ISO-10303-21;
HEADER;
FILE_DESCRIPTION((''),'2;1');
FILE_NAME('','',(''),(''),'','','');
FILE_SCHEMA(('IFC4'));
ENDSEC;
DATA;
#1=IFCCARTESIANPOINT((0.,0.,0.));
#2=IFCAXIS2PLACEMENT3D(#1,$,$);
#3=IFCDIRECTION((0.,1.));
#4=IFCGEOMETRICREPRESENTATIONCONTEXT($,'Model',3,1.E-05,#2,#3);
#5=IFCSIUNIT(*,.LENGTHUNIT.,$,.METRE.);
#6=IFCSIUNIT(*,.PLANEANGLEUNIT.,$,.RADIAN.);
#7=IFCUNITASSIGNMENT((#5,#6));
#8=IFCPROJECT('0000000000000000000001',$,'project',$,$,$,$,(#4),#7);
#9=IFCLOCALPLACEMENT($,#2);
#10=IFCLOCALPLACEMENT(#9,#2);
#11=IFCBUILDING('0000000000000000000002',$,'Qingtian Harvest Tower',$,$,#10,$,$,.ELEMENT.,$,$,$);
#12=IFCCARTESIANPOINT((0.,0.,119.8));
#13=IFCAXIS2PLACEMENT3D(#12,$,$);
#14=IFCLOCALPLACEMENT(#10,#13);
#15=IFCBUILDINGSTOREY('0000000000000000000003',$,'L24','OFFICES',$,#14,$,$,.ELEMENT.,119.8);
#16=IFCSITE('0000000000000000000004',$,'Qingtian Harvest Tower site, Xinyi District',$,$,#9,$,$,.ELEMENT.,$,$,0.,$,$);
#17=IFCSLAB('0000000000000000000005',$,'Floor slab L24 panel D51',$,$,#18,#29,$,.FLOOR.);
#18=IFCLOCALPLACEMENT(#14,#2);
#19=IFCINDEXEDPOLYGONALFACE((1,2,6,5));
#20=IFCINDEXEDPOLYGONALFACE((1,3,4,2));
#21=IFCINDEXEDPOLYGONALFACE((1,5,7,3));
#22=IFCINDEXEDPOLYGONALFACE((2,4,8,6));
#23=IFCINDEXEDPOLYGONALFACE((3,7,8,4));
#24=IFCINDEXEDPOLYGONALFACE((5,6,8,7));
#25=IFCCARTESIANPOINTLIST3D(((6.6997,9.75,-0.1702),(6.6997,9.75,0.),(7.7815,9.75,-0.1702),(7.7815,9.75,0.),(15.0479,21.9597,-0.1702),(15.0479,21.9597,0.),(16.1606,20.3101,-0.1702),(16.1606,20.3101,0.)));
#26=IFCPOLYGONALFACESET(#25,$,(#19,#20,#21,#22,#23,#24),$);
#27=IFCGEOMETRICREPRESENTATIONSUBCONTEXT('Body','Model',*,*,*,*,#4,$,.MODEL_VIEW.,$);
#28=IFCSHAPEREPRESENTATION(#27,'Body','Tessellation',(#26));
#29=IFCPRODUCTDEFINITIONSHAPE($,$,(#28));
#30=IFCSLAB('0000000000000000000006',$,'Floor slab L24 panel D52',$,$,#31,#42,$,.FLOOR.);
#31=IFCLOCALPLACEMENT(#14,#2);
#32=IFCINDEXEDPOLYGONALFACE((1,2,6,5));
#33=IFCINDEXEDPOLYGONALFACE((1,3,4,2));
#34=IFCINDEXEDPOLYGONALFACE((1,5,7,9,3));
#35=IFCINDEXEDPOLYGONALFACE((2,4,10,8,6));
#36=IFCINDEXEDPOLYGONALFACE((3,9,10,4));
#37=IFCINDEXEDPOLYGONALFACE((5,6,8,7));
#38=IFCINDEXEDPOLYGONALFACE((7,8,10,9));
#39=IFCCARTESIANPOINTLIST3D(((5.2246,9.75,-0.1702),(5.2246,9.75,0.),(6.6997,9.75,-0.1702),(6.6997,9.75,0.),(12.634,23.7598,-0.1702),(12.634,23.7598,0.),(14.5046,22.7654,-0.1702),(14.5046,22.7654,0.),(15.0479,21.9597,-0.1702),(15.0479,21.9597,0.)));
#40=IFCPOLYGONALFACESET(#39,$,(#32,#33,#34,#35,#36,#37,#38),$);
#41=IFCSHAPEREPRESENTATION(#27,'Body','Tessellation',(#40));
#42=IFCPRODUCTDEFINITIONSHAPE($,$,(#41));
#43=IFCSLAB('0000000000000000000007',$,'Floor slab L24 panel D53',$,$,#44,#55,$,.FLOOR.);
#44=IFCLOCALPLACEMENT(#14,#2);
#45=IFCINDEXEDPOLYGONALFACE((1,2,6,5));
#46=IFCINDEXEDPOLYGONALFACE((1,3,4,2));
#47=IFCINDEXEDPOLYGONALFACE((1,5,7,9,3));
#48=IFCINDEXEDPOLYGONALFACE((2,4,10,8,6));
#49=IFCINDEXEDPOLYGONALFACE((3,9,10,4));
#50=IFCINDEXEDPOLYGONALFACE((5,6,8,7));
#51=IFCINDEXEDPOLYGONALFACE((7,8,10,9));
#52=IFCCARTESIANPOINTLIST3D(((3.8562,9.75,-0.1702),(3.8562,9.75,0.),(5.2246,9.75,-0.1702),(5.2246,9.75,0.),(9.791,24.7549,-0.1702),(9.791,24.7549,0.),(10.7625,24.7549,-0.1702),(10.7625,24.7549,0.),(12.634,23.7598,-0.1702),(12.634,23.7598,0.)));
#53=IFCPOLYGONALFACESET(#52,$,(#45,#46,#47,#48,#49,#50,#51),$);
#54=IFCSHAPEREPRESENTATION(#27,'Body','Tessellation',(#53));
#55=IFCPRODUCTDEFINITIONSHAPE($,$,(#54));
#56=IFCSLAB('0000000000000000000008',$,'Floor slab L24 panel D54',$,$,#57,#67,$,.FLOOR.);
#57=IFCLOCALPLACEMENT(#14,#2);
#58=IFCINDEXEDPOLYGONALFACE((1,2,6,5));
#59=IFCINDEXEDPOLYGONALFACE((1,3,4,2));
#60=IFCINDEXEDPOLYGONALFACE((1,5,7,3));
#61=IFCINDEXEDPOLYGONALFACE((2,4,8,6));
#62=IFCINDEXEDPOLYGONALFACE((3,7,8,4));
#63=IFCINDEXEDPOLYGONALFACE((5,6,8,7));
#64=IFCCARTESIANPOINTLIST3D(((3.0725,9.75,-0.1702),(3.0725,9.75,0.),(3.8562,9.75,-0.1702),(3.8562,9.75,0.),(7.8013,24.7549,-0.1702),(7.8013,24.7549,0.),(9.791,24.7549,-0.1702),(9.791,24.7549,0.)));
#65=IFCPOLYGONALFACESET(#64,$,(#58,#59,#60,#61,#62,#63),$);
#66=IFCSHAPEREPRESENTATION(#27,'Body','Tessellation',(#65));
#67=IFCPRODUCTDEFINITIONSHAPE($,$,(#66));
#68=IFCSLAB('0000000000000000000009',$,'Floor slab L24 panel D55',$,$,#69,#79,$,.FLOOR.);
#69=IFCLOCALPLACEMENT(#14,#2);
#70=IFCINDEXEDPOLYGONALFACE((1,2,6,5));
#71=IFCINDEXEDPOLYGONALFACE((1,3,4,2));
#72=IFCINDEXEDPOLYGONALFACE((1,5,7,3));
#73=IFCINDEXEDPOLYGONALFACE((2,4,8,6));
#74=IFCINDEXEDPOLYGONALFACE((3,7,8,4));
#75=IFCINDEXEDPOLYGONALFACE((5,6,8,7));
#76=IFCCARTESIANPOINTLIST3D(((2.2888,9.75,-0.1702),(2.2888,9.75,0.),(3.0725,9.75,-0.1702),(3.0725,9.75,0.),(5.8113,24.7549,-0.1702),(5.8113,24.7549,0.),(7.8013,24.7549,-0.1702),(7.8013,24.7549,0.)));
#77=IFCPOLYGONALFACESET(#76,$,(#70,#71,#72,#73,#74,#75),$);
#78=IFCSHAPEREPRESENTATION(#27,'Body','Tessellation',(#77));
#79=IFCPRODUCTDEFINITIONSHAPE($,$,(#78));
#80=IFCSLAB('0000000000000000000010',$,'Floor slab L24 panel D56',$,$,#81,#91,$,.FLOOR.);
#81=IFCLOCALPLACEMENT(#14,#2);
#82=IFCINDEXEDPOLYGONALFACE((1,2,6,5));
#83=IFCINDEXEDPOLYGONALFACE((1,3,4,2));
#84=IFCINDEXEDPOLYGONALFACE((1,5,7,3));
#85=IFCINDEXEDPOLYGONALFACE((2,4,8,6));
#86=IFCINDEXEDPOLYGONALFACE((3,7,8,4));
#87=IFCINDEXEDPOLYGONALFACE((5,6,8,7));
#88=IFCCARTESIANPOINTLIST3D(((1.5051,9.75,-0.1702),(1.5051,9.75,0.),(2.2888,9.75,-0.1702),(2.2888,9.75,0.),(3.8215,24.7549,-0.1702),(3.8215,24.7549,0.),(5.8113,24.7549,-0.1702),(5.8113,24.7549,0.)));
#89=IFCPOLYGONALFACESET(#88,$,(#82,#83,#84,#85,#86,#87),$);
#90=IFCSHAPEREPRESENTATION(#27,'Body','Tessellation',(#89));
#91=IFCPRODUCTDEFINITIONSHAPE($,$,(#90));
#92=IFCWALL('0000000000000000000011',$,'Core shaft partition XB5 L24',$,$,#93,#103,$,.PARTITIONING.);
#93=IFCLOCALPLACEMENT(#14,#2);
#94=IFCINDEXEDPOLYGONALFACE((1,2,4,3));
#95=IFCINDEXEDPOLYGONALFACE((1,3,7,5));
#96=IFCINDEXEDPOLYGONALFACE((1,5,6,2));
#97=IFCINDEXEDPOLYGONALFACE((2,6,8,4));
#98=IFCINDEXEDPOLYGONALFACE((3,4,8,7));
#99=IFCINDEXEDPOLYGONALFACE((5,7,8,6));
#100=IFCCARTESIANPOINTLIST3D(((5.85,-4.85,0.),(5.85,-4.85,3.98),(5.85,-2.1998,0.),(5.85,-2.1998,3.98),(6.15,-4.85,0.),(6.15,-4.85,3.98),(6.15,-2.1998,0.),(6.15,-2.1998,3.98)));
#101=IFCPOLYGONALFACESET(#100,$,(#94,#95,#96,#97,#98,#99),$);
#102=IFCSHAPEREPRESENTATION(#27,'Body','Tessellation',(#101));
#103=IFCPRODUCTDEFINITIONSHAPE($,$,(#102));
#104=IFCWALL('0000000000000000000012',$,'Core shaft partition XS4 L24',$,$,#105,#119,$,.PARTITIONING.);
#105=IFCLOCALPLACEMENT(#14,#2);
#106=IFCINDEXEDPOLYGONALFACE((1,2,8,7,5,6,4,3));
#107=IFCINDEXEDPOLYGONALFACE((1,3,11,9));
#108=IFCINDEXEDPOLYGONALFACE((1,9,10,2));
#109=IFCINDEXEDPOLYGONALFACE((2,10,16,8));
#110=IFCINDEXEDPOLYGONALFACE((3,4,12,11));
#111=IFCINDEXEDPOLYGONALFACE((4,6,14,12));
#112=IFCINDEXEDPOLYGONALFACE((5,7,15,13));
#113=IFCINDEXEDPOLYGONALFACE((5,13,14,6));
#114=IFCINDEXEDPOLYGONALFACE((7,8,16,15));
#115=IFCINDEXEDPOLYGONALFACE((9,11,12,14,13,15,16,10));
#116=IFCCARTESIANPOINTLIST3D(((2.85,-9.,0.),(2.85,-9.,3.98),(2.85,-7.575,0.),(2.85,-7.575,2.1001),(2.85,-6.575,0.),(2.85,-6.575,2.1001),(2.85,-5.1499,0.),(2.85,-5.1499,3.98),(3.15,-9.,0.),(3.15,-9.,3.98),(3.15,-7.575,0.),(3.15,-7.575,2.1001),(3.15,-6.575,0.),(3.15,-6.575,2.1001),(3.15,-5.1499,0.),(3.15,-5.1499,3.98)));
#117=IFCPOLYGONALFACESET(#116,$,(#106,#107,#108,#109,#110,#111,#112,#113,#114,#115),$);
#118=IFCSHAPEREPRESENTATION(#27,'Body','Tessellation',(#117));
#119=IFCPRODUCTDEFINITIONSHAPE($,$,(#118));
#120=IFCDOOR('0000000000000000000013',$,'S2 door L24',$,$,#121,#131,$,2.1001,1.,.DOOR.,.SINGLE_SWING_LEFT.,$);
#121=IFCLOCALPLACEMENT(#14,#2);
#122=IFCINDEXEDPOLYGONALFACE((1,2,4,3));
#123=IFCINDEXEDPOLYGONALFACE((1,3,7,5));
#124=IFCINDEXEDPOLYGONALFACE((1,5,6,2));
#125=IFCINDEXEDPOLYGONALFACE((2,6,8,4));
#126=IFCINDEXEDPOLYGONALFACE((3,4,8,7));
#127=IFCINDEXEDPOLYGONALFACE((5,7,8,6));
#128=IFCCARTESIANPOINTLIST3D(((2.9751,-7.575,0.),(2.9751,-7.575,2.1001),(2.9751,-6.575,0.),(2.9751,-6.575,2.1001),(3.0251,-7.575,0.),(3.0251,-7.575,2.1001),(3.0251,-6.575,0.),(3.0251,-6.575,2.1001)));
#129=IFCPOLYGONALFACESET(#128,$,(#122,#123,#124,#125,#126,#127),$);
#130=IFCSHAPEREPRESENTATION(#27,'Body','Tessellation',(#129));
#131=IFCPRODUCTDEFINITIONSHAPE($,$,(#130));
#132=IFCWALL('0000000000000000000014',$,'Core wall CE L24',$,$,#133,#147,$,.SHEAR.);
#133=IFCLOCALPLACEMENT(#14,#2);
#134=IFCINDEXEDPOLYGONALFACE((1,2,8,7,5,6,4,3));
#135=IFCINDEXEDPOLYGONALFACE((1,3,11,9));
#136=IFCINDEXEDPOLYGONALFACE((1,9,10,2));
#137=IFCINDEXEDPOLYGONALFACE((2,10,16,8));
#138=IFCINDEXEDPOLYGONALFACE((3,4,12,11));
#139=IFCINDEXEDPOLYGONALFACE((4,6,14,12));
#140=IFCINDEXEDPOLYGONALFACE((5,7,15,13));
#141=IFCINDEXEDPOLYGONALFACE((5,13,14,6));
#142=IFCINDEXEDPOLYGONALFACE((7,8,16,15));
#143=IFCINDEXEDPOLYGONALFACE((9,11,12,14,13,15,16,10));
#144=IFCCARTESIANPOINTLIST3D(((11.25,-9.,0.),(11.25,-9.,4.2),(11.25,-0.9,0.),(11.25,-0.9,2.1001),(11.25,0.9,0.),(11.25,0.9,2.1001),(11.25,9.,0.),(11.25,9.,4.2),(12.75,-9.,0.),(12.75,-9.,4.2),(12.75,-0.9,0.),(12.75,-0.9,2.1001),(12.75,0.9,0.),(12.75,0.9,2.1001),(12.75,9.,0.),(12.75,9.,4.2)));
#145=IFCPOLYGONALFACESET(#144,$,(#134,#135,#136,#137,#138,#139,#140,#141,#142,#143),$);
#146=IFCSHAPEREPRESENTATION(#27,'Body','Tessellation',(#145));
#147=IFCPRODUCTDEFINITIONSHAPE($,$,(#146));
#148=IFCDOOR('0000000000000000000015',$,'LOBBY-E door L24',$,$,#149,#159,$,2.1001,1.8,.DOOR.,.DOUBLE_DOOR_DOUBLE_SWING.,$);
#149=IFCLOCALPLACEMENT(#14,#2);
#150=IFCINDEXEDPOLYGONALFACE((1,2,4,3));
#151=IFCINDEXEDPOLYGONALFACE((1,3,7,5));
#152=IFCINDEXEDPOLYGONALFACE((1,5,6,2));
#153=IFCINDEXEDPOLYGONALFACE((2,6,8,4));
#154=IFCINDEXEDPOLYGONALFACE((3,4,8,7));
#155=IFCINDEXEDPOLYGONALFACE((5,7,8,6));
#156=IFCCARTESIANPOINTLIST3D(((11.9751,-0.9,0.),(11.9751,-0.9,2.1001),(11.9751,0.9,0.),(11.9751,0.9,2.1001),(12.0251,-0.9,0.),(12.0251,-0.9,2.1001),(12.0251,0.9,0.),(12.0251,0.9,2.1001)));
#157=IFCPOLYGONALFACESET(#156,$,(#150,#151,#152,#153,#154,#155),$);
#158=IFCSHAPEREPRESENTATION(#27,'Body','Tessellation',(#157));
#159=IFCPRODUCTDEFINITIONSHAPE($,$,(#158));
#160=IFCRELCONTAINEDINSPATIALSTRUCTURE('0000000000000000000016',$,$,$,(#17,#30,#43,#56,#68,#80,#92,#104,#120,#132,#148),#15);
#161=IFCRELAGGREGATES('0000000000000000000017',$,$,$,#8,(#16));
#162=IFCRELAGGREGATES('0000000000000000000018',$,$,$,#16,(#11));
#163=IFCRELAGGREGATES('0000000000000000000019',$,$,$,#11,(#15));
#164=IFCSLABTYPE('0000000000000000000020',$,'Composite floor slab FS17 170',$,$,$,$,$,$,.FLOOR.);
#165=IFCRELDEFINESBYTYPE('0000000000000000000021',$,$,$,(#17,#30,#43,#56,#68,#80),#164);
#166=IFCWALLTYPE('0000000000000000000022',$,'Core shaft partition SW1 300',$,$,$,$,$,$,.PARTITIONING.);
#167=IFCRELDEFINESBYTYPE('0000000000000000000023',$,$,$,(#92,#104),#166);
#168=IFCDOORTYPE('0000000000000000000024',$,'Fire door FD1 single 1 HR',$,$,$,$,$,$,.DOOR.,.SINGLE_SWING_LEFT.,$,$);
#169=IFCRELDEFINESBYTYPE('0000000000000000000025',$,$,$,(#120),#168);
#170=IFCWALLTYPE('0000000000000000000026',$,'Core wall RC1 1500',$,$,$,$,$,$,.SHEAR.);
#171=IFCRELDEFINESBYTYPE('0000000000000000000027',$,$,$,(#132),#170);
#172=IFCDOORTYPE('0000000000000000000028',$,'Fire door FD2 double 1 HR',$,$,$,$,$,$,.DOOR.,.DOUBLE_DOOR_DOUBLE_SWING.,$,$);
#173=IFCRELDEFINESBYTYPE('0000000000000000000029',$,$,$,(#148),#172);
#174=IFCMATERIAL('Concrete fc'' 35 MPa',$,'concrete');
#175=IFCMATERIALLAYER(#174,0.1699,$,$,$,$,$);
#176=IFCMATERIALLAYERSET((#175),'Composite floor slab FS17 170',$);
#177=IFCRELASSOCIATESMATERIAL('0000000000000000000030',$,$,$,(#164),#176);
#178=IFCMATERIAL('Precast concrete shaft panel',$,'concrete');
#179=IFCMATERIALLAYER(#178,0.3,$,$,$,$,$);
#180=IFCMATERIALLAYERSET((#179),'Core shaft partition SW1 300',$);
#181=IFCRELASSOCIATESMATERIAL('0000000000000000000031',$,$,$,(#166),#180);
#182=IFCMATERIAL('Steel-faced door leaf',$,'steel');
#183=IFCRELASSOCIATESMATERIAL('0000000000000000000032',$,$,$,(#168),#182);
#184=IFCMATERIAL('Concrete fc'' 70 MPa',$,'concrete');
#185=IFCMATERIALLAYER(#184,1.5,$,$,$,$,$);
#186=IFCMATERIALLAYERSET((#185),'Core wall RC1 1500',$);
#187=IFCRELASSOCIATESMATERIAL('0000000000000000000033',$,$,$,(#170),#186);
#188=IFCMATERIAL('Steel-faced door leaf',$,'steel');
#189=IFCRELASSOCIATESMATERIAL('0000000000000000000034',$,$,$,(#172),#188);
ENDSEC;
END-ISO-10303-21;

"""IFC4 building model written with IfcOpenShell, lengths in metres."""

from ifc_helpers import new_model, si_unit, direction, frame, frame_2d, origin, place, context, subcontext, project, spatial, polyline, rectangle, outline, extrude, material, layer, layer_set, type_object, element, fill, save


model = new_model("IFC4")

# Units and contexts
model_context = context("Model", 3, precision=1e-05, world=origin(), true_north=direction((0.0, 1.0)))
body_context = subcontext(model_context, "Body", "Model", "MODEL_VIEW")
ifc_project = project(units=[si_unit("LENGTHUNIT", "METRE"), si_unit("PLANEANGLEUNIT", "RADIAN")], contexts=[model_context])

# Site, building, storey
site_placement = place(None, origin())
site = spatial("IfcSite", under=ifc_project, at=site_placement, Name="Qingtian Harvest Tower site, Xinyi District", CompositionType="ELEMENT", RefElevation=0.0)
building_placement = place(site_placement, origin())
building = spatial("IfcBuilding", under=site, at=building_placement, Name="Qingtian Harvest Tower", CompositionType="ELEMENT")
storey_placement = place(building_placement, frame((0.0, 0.0, 119.8)))
storey = spatial("IfcBuildingStorey", under=building, at=storey_placement, Name="L24", Description="OFFICES", CompositionType="ELEMENT", Elevation=119.8)

# Slabs
ifc_material_1 = material(Name="Concrete fc' 35 MPa", Category="concrete")
ifc_layer_1 = layer(ifc_material_1, 0.1699)
ifc_layer_set_1 = layer_set([ifc_layer_1], Name="Composite floor slab FS17 170")
slab_type = type_object("IfcSlabType", Name="Composite floor slab FS17 170", PredefinedType="FLOOR", material=ifc_layer_set_1)
slab_1_placement = place(storey_placement, frame((0.0, 0.0, -0.1702)))
element("IfcSlab", 1, at=slab_1_placement, inside=storey, type_object=slab_type, Name="Floor slab L24 panel D51", PredefinedType="FLOOR", context=body_context, shape_type="SweptSolid", body=[
    extrude(outline(polyline([(6.6997, 9.75), (15.0479, 21.9597), (16.1606, 20.3101), (7.7815, 9.75), (6.6997, 9.75)])), origin(), (0.0, 0.0, 1.0), 0.1702),
])
slab_2_placement = place(storey_placement, frame((0.0, 0.0, -0.1702)))
element("IfcSlab", 2, at=slab_2_placement, inside=storey, type_object=slab_type, Name="Floor slab L24 panel D52", PredefinedType="FLOOR", context=body_context, shape_type="SweptSolid", body=[
    extrude(outline(polyline([(6.6997, 9.75), (5.2246, 9.75), (12.634, 23.7598), (14.5046, 22.7654), (15.0479, 21.9597), (6.6997, 9.75)])), origin(), (0.0, 0.0, 1.0), 0.1702),
])
slab_3_placement = place(storey_placement, frame((0.0, 0.0, -0.1702)))
element("IfcSlab", 3, at=slab_3_placement, inside=storey, type_object=slab_type, Name="Floor slab L24 panel D53", PredefinedType="FLOOR", context=body_context, shape_type="SweptSolid", body=[
    extrude(outline(polyline([(3.8562, 9.75), (9.791, 24.7549), (10.7625, 24.7549), (12.634, 23.7598), (5.2246, 9.75), (3.8562, 9.75)])), origin(), (0.0, 0.0, 1.0), 0.1702),
])
slab_4_placement = place(storey_placement, frame((0.0, 0.0, -0.1702)))
element("IfcSlab", 4, at=slab_4_placement, inside=storey, type_object=slab_type, Name="Floor slab L24 panel D54", PredefinedType="FLOOR", context=body_context, shape_type="SweptSolid", body=[
    extrude(outline(polyline([(3.0725, 9.75), (7.8013, 24.7549), (9.791, 24.7549), (3.8562, 9.75), (3.0725, 9.75)])), origin(), (0.0, 0.0, 1.0), 0.1702),
])
slab_5_placement = place(storey_placement, frame((0.0, 0.0, -0.1702)))
element("IfcSlab", 5, at=slab_5_placement, inside=storey, type_object=slab_type, Name="Floor slab L24 panel D55", PredefinedType="FLOOR", context=body_context, shape_type="SweptSolid", body=[
    extrude(outline(polyline([(2.2888, 9.75), (5.8113, 24.7549), (7.8013, 24.7549), (3.0725, 9.75), (2.2888, 9.75)])), origin(), (0.0, 0.0, 1.0), 0.1702),
])
slab_6_placement = place(storey_placement, frame((0.0, 0.0, -0.1702)))
element("IfcSlab", 6, at=slab_6_placement, inside=storey, type_object=slab_type, Name="Floor slab L24 panel D56", PredefinedType="FLOOR", context=body_context, shape_type="SweptSolid", body=[
    extrude(outline(polyline([(1.5051, 9.75), (3.8215, 24.7549), (5.8113, 24.7549), (2.2888, 9.75), (1.5051, 9.75)])), origin(), (0.0, 0.0, 1.0), 0.1702),
])

# Wall
ifc_material_2 = material(Name="Precast concrete shaft panel", Category="concrete")
ifc_layer_2 = layer(ifc_material_2, 0.3)
ifc_layer_set_2 = layer_set([ifc_layer_2], Name="Core shaft partition SW1 300")
wall_type_1 = type_object("IfcWallType", Name="Core shaft partition SW1 300", PredefinedType="PARTITIONING", material=ifc_layer_set_2)
wall_1_placement = place(storey_placement, frame((6.0, -4.8501, 0.0), z_axis=(0.0, 0.0, 1.0), x_axis=(0.0, 1.0, 0.0)))
element("IfcWall", 7, at=wall_1_placement, inside=storey, type_object=wall_type_1, Name="Core shaft partition XB5 L24", PredefinedType="PARTITIONING", context=body_context, shape_type="SweptSolid", body=[
    extrude(rectangle(XDim=2.6501, YDim=0.3, at=frame_2d((1.3252, 0.0))), origin(), (0.0, 0.0, 1.0), 3.98),
])

# Walls, openings, doors
wall_2_placement = place(storey_placement, frame((3.0, -9.0, 0.0), z_axis=(0.0, 0.0, 1.0), x_axis=(0.0, 1.0, 0.0)))
wall_2 = element("IfcWall", 8, at=wall_2_placement, inside=storey, type_object=wall_type_1, Name="Core shaft partition XS4 L24", PredefinedType="PARTITIONING", context=body_context, shape_type="SweptSolid", body=[
    extrude(rectangle(XDim=3.8501, YDim=0.3, at=frame_2d((1.925, 0.0))), origin(), (0.0, 0.0, 1.0), 3.98),
])
opening_1_placement = place(wall_2_placement, frame((1.425, 0.0, 0.0)))
opening_1 = element("IfcOpeningElement", 9, at=opening_1_placement, cuts=wall_2, PredefinedType="OPENING", context=body_context, shape_type="SweptSolid", body=[
    extrude(rectangle(XDim=1.0, YDim=2.1001, at=frame_2d((0.5, 1.05))), frame((0.0, 0.1599, 0.0), z_axis=(0.0, -1.0, 0.0), x_axis=(1.0, 0.0, 0.0)), (0.0, 0.0, 1.0), 0.3201),
])
ifc_material_3 = material(Name="Steel-faced door leaf", Category="steel")
door_type_1 = type_object("IfcDoorType", Name="Fire door FD1 single 1 HR", OperationType="SINGLE_SWING_LEFT", PredefinedType="DOOR", material=ifc_material_3)
door_1_placement = place(opening_1_placement, origin())
door_1 = element("IfcDoor", 10, at=door_1_placement, inside=storey, type_object=door_type_1, Name="S2 door L24", OperationType="SINGLE_SWING_LEFT", OverallHeight=2.1001, OverallWidth=1.0, PredefinedType="DOOR", context=body_context, shape_type="SweptSolid", body=[
    extrude(rectangle(XDim=1.0, YDim=2.1001, at=frame_2d((0.5, 1.05))), frame((0.0, 0.0249, 0.0), z_axis=(0.0, -1.0, 0.0), x_axis=(1.0, 0.0, 0.0)), (0.0, 0.0, 1.0), 0.05),
])
fill(opening_1, door_1)
ifc_material_4 = material(Name="Concrete fc' 70 MPa", Category="concrete")
ifc_layer_3 = layer(ifc_material_4, 1.5)
ifc_layer_set_3 = layer_set([ifc_layer_3], Name="Core wall RC1 1500")
wall_type_2 = type_object("IfcWallType", Name="Core wall RC1 1500", PredefinedType="SHEAR", material=ifc_layer_set_3)
wall_3_placement = place(storey_placement, frame((12.0, -9.0, 0.0), z_axis=(0.0, 0.0, 1.0), x_axis=(0.0, 1.0, 0.0)))
wall_3 = element("IfcWall", 11, at=wall_3_placement, inside=storey, type_object=wall_type_2, Name="Core wall CE L24", PredefinedType="SHEAR", context=body_context, shape_type="SweptSolid", body=[
    extrude(rectangle(XDim=18.0, YDim=1.5, at=frame_2d((9.0, 0.0))), origin(), (0.0, 0.0, 1.0), 4.2),
])
opening_2_placement = place(wall_3_placement, frame((8.1001, 0.0, 0.0)))
opening_2 = element("IfcOpeningElement", 12, at=opening_2_placement, cuts=wall_3, PredefinedType="OPENING", context=body_context, shape_type="SweptSolid", body=[
    extrude(rectangle(XDim=1.8, YDim=2.1001, at=frame_2d((0.8999, 1.05))), frame((0.0, 0.76, 0.0), z_axis=(0.0, -1.0, 0.0), x_axis=(1.0, 0.0, 0.0)), (0.0, 0.0, 1.0), 1.52),
])
ifc_material_5 = material(Name="Steel-faced door leaf", Category="steel")
door_type_2 = type_object("IfcDoorType", Name="Fire door FD2 double 1 HR", OperationType="DOUBLE_DOOR_DOUBLE_SWING", PredefinedType="DOOR", material=ifc_material_5)
door_2_placement = place(opening_2_placement, origin())
door_2 = element("IfcDoor", 13, at=door_2_placement, inside=storey, type_object=door_type_2, Name="LOBBY-E door L24", OperationType="DOUBLE_DOOR_DOUBLE_SWING", OverallHeight=2.1001, OverallWidth=1.8, PredefinedType="DOOR", context=body_context, shape_type="SweptSolid", body=[
    extrude(rectangle(XDim=1.8, YDim=2.1001, at=frame_2d((0.8999, 1.05))), frame((0.0, 0.0249, 0.0), z_axis=(0.0, -1.0, 0.0), x_axis=(1.0, 0.0, 0.0)), (0.0, 0.0, 1.0), 0.05),
])
fill(opening_2, door_2)

save(model, "model.ifc")
